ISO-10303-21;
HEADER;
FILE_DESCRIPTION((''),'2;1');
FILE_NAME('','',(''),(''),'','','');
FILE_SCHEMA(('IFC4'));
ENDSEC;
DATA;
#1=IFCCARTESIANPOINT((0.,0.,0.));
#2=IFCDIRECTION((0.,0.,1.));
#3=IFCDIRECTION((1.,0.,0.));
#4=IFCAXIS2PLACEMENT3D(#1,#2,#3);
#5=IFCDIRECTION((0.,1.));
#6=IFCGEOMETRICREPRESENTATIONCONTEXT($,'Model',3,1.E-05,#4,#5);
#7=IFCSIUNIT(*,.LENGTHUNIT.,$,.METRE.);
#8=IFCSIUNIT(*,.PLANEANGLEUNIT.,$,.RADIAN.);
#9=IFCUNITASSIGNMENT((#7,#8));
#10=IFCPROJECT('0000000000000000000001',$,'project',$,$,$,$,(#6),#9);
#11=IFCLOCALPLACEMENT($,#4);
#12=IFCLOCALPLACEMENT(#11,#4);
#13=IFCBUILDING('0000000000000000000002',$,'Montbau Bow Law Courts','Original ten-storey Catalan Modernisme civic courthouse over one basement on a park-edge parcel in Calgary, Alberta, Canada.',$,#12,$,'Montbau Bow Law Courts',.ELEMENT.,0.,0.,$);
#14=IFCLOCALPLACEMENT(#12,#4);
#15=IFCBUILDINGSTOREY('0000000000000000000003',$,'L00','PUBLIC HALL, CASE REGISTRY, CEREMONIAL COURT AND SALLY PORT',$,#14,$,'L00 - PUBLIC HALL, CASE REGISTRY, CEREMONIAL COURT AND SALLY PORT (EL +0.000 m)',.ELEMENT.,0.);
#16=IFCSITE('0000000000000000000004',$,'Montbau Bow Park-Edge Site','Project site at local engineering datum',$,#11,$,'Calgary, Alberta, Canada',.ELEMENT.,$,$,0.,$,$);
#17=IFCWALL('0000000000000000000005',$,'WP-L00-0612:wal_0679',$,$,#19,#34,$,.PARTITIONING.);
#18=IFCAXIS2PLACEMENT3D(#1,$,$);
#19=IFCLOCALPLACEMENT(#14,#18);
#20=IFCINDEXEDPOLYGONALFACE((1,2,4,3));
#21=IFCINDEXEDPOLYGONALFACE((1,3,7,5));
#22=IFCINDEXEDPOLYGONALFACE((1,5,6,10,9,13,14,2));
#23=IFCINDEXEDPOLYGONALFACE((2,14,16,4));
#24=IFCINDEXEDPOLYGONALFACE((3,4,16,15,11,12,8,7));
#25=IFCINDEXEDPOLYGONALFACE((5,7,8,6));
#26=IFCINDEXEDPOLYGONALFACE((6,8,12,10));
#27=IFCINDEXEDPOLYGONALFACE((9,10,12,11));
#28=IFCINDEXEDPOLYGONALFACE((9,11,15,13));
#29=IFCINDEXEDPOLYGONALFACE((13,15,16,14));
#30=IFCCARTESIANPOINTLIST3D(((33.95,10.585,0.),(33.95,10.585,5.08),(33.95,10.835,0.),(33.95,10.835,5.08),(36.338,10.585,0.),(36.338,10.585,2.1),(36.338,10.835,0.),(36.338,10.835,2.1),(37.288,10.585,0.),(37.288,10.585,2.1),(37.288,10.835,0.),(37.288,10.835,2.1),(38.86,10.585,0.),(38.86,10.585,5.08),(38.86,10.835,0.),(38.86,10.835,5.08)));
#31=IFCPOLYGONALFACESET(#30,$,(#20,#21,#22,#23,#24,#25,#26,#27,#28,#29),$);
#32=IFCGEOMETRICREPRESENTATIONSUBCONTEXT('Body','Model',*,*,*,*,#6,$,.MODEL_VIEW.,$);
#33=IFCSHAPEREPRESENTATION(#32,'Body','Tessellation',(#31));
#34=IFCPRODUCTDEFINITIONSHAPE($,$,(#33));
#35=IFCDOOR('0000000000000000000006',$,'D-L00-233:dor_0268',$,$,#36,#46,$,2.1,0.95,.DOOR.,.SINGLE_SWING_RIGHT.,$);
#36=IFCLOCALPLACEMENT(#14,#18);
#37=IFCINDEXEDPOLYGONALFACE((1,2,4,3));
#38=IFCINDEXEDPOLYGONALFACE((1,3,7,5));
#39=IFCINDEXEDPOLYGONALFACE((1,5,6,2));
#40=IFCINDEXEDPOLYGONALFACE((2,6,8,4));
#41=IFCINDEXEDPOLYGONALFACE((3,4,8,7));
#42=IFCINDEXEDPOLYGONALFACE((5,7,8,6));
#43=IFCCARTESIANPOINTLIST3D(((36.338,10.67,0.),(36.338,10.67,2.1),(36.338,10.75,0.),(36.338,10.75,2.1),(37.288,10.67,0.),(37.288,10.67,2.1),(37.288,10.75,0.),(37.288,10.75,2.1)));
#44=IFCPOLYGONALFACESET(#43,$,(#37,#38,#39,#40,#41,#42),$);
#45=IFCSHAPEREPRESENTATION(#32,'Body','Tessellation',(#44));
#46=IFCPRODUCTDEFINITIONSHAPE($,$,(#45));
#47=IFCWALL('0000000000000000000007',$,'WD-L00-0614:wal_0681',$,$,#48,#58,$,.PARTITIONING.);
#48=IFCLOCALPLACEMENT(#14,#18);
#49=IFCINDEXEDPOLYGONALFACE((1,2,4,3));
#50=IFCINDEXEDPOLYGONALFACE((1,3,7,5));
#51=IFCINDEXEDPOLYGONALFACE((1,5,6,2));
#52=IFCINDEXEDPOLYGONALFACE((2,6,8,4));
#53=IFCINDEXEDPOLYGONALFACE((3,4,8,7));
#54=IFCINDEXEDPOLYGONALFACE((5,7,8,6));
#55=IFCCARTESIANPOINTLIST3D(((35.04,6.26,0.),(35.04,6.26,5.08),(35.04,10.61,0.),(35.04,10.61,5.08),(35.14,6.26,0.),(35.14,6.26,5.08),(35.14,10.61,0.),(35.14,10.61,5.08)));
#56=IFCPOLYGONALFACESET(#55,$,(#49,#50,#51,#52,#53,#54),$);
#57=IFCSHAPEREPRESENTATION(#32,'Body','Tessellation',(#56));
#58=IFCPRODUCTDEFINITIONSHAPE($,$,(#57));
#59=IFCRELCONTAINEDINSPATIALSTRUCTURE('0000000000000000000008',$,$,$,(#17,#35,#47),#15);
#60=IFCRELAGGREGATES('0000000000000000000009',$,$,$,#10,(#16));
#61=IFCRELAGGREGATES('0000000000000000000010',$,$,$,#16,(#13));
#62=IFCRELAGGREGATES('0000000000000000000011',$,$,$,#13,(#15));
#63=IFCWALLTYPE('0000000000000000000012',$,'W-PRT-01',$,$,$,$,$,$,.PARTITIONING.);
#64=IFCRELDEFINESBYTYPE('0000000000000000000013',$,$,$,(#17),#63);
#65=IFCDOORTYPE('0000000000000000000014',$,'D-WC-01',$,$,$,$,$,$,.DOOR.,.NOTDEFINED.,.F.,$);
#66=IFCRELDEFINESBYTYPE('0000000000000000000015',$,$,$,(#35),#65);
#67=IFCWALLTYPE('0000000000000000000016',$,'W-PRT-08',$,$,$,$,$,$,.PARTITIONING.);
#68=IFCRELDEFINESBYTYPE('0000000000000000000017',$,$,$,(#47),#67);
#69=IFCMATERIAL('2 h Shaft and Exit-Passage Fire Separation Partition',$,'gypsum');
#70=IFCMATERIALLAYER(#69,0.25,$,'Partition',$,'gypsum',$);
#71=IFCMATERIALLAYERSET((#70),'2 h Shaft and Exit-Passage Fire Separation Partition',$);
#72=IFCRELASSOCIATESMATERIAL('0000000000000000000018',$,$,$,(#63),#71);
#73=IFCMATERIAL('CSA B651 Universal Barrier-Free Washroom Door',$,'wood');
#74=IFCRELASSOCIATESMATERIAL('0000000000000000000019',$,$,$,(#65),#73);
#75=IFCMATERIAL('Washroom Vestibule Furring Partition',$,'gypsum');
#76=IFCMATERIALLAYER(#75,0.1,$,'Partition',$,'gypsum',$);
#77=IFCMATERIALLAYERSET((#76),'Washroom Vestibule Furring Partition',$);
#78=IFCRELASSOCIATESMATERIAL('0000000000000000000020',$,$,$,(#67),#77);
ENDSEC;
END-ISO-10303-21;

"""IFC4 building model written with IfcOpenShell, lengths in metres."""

from ifc_helpers import new_model, si_unit, direction, frame, frame_2d, origin_with_axes, place, context, subcontext, project, spatial, rectangle, extrude, material, layer, layer_set, type_object, element, fill, save


model = new_model("IFC4")

# Units and contexts
model_context = context("Model", 3, precision=1e-05, world=origin_with_axes(), true_north=direction((0.0, 1.0)))
body_context = subcontext(model_context, "Body", "Model", "MODEL_VIEW")
ifc_project = project(units=[si_unit("LENGTHUNIT", "METRE"), si_unit("PLANEANGLEUNIT", "RADIAN")], contexts=[model_context])

# Site, building, storey
site_placement = place(None, origin_with_axes())
site = spatial("IfcSite", under=ifc_project, at=site_placement, Name="Montbau Bow Park-Edge Site", Description="Project site at local engineering datum", LongName="Calgary, Alberta, Canada", CompositionType="ELEMENT", RefElevation=0.0)
building_placement = place(site_placement, origin_with_axes())
building = spatial("IfcBuilding", under=site, at=building_placement, Name="Montbau Bow Law Courts", Description="Original ten-storey Catalan Modernisme civic courthouse over one basement on a park-edge parcel in Calgary, Alberta, Canada.", LongName="Montbau Bow Law Courts", CompositionType="ELEMENT", ElevationOfRefHeight=0.0, ElevationOfTerrain=0.0)
storey_placement = place(building_placement, origin_with_axes())
storey = spatial("IfcBuildingStorey", under=building, at=storey_placement, Name="L00", Description="PUBLIC HALL, CASE REGISTRY, CEREMONIAL COURT AND SALLY PORT", LongName="L00 - PUBLIC HALL, CASE REGISTRY, CEREMONIAL COURT AND SALLY PORT (EL +0.000 m)", CompositionType="ELEMENT", Elevation=0.0)

# Shared definitions
ifc_material_1 = material(Name="2 h Shaft and Exit-Passage Fire Separation Partition", Category="gypsum")
ifc_layer_1 = layer(ifc_material_1, 0.25, Name="Partition", Category="gypsum")
ifc_layer_set_1 = layer_set([ifc_layer_1], Name="2 h Shaft and Exit-Passage Fire Separation Partition")
wall_type_1 = type_object("IfcWallType", Name="W-PRT-01", PredefinedType="PARTITIONING", material=ifc_layer_set_1)

# Wall, opening, door
wall_1_placement = place(None, frame((33.95, 10.71, 0.0), z_axis=(0.0, 0.0, 1.0), x_axis=(1.0, 0.0, 0.0)))
wall_1 = element("IfcWall", 1, at=wall_1_placement, inside=storey, type_object=wall_type_1, Name="WP-L00-0612:wal_0679", PredefinedType="PARTITIONING", context=body_context, shape_type="SweptSolid", body=[
    extrude(rectangle(XDim=4.91, YDim=0.25, at=frame_2d((2.455, 0.0), x_axis=(1.0, 0.0))), origin_with_axes(), (0.0, 0.0, 1.0), 5.08),
])
opening_1_placement = place(None, frame((36.813, 10.71, 0.0), z_axis=(0.0, 0.0, 1.0), x_axis=(1.0, 0.0, 0.0)))
opening_1 = element("IfcOpeningElement", 2, at=opening_1_placement, cuts=wall_1, PredefinedType="OPENING", context=body_context, shape_type="SweptSolid", body=[
    extrude(rectangle(XDim=0.95, YDim=2.1, at=frame_2d((0.0, 1.05), x_axis=(1.0, 0.0))), frame((0.0, 0.135, 0.0), z_axis=(0.0, -1.0, 0.0), x_axis=(1.0, 0.0, 0.0)), (0.0, 0.0, 1.0), 0.27),
])
ifc_material_2 = material(Name="CSA B651 Universal Barrier-Free Washroom Door", Category="wood")
door_type_1 = type_object("IfcDoorType", Name="D-WC-01", OperationType="NOTDEFINED", ParameterTakesPrecedence=False, PredefinedType="DOOR", material=ifc_material_2)
door_1_placement = place(None, frame((36.813, 10.71, 0.0), z_axis=(0.0, 0.0, 1.0), x_axis=(1.0, 0.0, 0.0)))
door_1 = element("IfcDoor", 3, at=door_1_placement, inside=storey, type_object=door_type_1, Name="D-L00-233:dor_0268", OperationType="SINGLE_SWING_RIGHT", OverallHeight=2.1, OverallWidth=0.95, PredefinedType="DOOR", context=body_context, shape_type="SweptSolid", body=[
    extrude(rectangle(XDim=0.95, YDim=2.1, at=frame_2d((0.0, 1.05), x_axis=(1.0, 0.0))), frame((0.0, 0.04, 0.0), z_axis=(0.0, -1.0, 0.0), x_axis=(1.0, 0.0, 0.0)), (0.0, 0.0, 1.0), 0.08),
])
fill(opening_1, door_1)

# Wall
ifc_material_3 = material(Name="Washroom Vestibule Furring Partition", Category="gypsum")
ifc_layer_2 = layer(ifc_material_3, 0.1, Name="Partition", Category="gypsum")
ifc_layer_set_2 = layer_set([ifc_layer_2], Name="Washroom Vestibule Furring Partition")
wall_type_2 = type_object("IfcWallType", Name="W-PRT-08", PredefinedType="PARTITIONING", material=ifc_layer_set_2)
wall_2_placement = place(None, frame((35.09, 6.26, 0.0), z_axis=(0.0, 0.0, 1.0), x_axis=(0.0, 1.0, 0.0)))
element("IfcWall", 4, at=wall_2_placement, inside=storey, type_object=wall_type_2, Name="WD-L00-0614:wal_0681", PredefinedType="PARTITIONING", context=body_context, shape_type="SweptSolid", body=[
    extrude(rectangle(XDim=4.35, YDim=0.1, at=frame_2d((2.175, 0.0), x_axis=(1.0, 0.0))), origin_with_axes(), (0.0, 0.0, 1.0), 5.08),
])

save(model, "model.ifc")
